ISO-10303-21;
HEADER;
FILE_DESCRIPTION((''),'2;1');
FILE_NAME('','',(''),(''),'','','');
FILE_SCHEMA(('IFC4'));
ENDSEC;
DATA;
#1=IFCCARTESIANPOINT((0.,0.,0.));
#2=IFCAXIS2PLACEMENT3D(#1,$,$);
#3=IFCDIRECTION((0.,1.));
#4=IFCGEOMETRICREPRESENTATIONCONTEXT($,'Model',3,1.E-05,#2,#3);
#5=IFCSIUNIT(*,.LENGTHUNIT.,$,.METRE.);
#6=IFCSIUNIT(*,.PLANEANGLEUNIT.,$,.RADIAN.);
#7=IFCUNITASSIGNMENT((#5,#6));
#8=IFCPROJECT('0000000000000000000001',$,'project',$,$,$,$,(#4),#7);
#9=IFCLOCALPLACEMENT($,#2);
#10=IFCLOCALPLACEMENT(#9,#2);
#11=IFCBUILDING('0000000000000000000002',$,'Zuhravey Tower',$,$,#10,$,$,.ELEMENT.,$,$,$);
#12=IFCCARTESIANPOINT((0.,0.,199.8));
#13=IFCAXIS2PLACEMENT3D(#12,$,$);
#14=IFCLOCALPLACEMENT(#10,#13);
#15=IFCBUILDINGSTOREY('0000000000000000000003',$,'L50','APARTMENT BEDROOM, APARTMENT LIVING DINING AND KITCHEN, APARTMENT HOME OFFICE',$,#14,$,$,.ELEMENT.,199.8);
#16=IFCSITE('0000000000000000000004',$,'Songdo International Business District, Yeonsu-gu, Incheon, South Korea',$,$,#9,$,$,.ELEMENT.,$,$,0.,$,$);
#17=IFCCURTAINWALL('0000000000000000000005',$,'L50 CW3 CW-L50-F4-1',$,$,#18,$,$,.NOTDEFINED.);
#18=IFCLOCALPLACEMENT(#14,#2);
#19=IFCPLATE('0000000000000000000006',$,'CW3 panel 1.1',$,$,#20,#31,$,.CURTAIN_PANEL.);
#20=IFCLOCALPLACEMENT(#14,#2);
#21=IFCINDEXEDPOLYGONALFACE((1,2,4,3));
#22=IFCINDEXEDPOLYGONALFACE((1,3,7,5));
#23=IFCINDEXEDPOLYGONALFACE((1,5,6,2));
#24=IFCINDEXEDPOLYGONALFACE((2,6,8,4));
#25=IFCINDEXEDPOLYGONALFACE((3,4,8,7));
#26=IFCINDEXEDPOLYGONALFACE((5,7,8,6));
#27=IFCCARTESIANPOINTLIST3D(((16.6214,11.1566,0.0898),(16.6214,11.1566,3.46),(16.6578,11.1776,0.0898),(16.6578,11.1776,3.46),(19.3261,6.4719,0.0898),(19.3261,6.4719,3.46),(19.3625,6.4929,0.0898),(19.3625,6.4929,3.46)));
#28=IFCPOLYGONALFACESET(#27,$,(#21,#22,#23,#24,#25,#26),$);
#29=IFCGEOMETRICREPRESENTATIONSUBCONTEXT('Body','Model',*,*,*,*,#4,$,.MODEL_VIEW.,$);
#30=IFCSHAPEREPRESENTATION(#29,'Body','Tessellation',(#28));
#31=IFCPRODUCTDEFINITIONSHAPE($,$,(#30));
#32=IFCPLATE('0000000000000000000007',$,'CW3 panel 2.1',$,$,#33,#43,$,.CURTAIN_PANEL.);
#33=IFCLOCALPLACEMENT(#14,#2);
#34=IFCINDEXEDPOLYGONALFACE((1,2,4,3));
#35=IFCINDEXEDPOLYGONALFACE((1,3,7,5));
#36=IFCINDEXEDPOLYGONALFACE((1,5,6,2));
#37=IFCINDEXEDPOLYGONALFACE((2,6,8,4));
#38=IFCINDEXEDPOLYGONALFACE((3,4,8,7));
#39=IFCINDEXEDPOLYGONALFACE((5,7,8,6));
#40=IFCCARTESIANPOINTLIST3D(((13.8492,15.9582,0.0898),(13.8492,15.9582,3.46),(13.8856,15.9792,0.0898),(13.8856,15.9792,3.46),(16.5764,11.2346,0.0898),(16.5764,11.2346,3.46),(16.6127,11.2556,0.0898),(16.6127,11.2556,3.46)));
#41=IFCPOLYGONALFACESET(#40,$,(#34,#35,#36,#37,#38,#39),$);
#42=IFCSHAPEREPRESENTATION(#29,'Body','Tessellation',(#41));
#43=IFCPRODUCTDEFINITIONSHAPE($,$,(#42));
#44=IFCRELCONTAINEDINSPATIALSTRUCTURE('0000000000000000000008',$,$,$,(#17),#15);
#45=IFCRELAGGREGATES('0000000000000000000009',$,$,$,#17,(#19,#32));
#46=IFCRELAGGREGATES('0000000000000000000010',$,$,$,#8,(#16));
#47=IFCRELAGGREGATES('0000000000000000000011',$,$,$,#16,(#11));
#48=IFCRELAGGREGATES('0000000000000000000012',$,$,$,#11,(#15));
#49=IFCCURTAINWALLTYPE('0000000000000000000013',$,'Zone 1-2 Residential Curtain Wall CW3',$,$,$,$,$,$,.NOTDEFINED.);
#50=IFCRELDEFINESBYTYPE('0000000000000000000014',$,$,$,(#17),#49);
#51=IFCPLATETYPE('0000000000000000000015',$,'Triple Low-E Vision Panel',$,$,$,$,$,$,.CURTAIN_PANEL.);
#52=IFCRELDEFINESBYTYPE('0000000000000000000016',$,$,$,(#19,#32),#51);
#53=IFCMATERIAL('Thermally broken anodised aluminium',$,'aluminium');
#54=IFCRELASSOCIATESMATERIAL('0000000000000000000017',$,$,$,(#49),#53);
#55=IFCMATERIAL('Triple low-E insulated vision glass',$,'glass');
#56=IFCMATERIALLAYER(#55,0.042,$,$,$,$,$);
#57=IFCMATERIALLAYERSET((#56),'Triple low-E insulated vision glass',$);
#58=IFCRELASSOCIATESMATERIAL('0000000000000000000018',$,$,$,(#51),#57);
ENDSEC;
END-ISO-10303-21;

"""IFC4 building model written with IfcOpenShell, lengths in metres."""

from ifc_helpers import new_model, si_unit, direction, frame, origin, origin_2d, place, context, subcontext, project, spatial, rectangle, extrude, material, layer, layer_set, type_object, element, aggregate, save


model = new_model("IFC4")

# Units and contexts
model_context = context("Model", 3, precision=1e-05, world=origin(), true_north=direction((0.0, 1.0)))
body_context = subcontext(model_context, "Body", "Model", "MODEL_VIEW")
ifc_project = project(units=[si_unit("LENGTHUNIT", "METRE"), si_unit("PLANEANGLEUNIT", "RADIAN")], contexts=[model_context])

# Site, building, storey
site_placement = place(None, origin())
site = spatial("IfcSite", under=ifc_project, at=site_placement, Name="Songdo International Business District, Yeonsu-gu, Incheon, South Korea", CompositionType="ELEMENT", RefElevation=0.0)
building_placement = place(site_placement, origin())
building = spatial("IfcBuilding", under=site, at=building_placement, Name="Zuhravey Tower", CompositionType="ELEMENT")
storey_placement = place(building_placement, frame((0.0, 0.0, 199.8)))
storey = spatial("IfcBuildingStorey", under=building, at=storey_placement, Name="L50", Description="APARTMENT BEDROOM, APARTMENT LIVING DINING AND KITCHEN, APARTMENT HOME OFFICE", CompositionType="ELEMENT", Elevation=199.8)

# Curtain wall
ifc_material_1 = material(Name="Thermally broken anodised aluminium", Category="aluminium")
curtain_wall_type = type_object("IfcCurtainWallType", Name="Zone 1-2 Residential Curtain Wall CW3", PredefinedType="NOTDEFINED", material=ifc_material_1)
curtain_wall_placement = place(storey_placement, origin())
curtain_wall = element("IfcCurtainWall", 1, at=curtain_wall_placement, inside=storey, type_object=curtain_wall_type, Name="L50 CW3 CW-L50-F4-1", PredefinedType="NOTDEFINED")

# Plates
ifc_material_2 = material(Name="Triple low-E insulated vision glass", Category="glass")
ifc_layer_1 = layer(ifc_material_2, 0.042)
ifc_layer_set_1 = layer_set([ifc_layer_1], Name="Triple low-E insulated vision glass")
plate_type_1 = type_object("IfcPlateType", Name="Triple Low-E Vision Panel", PredefinedType="CURTAIN_PANEL", material=ifc_layer_set_1)
plate_1_placement = place(storey_placement, frame((17.9919, 8.8247, 0.0898), z_axis=(0.0, 0.0, 1.0), x_axis=(-0.5, 0.866025, 0.0)))
plate_1 = element("IfcPlate", 2, at=plate_1_placement, type_object=plate_type_1, Name="CW3 panel 1.1", PredefinedType="CURTAIN_PANEL", context=body_context, shape_type="SweptSolid", body=[
    extrude(rectangle(XDim=5.4094, YDim=0.042, at=origin_2d()), origin(), (0.0, 0.0, 1.0), 3.3701),
])
plate_2_placement = place(storey_placement, frame((15.231, 13.6069, 0.0898), z_axis=(0.0, 0.0, 1.0), x_axis=(-0.5, 0.866025, 0.0)))
plate_2 = element("IfcPlate", 3, at=plate_2_placement, type_object=plate_type_1, Name="CW3 panel 2.1", PredefinedType="CURTAIN_PANEL", context=body_context, shape_type="SweptSolid", body=[
    extrude(rectangle(XDim=5.4543, YDim=0.042, at=origin_2d()), origin(), (0.0, 0.0, 1.0), 3.3701),
])
aggregate(curtain_wall, [plate_1, plate_2])

save(model, "model.ifc")
